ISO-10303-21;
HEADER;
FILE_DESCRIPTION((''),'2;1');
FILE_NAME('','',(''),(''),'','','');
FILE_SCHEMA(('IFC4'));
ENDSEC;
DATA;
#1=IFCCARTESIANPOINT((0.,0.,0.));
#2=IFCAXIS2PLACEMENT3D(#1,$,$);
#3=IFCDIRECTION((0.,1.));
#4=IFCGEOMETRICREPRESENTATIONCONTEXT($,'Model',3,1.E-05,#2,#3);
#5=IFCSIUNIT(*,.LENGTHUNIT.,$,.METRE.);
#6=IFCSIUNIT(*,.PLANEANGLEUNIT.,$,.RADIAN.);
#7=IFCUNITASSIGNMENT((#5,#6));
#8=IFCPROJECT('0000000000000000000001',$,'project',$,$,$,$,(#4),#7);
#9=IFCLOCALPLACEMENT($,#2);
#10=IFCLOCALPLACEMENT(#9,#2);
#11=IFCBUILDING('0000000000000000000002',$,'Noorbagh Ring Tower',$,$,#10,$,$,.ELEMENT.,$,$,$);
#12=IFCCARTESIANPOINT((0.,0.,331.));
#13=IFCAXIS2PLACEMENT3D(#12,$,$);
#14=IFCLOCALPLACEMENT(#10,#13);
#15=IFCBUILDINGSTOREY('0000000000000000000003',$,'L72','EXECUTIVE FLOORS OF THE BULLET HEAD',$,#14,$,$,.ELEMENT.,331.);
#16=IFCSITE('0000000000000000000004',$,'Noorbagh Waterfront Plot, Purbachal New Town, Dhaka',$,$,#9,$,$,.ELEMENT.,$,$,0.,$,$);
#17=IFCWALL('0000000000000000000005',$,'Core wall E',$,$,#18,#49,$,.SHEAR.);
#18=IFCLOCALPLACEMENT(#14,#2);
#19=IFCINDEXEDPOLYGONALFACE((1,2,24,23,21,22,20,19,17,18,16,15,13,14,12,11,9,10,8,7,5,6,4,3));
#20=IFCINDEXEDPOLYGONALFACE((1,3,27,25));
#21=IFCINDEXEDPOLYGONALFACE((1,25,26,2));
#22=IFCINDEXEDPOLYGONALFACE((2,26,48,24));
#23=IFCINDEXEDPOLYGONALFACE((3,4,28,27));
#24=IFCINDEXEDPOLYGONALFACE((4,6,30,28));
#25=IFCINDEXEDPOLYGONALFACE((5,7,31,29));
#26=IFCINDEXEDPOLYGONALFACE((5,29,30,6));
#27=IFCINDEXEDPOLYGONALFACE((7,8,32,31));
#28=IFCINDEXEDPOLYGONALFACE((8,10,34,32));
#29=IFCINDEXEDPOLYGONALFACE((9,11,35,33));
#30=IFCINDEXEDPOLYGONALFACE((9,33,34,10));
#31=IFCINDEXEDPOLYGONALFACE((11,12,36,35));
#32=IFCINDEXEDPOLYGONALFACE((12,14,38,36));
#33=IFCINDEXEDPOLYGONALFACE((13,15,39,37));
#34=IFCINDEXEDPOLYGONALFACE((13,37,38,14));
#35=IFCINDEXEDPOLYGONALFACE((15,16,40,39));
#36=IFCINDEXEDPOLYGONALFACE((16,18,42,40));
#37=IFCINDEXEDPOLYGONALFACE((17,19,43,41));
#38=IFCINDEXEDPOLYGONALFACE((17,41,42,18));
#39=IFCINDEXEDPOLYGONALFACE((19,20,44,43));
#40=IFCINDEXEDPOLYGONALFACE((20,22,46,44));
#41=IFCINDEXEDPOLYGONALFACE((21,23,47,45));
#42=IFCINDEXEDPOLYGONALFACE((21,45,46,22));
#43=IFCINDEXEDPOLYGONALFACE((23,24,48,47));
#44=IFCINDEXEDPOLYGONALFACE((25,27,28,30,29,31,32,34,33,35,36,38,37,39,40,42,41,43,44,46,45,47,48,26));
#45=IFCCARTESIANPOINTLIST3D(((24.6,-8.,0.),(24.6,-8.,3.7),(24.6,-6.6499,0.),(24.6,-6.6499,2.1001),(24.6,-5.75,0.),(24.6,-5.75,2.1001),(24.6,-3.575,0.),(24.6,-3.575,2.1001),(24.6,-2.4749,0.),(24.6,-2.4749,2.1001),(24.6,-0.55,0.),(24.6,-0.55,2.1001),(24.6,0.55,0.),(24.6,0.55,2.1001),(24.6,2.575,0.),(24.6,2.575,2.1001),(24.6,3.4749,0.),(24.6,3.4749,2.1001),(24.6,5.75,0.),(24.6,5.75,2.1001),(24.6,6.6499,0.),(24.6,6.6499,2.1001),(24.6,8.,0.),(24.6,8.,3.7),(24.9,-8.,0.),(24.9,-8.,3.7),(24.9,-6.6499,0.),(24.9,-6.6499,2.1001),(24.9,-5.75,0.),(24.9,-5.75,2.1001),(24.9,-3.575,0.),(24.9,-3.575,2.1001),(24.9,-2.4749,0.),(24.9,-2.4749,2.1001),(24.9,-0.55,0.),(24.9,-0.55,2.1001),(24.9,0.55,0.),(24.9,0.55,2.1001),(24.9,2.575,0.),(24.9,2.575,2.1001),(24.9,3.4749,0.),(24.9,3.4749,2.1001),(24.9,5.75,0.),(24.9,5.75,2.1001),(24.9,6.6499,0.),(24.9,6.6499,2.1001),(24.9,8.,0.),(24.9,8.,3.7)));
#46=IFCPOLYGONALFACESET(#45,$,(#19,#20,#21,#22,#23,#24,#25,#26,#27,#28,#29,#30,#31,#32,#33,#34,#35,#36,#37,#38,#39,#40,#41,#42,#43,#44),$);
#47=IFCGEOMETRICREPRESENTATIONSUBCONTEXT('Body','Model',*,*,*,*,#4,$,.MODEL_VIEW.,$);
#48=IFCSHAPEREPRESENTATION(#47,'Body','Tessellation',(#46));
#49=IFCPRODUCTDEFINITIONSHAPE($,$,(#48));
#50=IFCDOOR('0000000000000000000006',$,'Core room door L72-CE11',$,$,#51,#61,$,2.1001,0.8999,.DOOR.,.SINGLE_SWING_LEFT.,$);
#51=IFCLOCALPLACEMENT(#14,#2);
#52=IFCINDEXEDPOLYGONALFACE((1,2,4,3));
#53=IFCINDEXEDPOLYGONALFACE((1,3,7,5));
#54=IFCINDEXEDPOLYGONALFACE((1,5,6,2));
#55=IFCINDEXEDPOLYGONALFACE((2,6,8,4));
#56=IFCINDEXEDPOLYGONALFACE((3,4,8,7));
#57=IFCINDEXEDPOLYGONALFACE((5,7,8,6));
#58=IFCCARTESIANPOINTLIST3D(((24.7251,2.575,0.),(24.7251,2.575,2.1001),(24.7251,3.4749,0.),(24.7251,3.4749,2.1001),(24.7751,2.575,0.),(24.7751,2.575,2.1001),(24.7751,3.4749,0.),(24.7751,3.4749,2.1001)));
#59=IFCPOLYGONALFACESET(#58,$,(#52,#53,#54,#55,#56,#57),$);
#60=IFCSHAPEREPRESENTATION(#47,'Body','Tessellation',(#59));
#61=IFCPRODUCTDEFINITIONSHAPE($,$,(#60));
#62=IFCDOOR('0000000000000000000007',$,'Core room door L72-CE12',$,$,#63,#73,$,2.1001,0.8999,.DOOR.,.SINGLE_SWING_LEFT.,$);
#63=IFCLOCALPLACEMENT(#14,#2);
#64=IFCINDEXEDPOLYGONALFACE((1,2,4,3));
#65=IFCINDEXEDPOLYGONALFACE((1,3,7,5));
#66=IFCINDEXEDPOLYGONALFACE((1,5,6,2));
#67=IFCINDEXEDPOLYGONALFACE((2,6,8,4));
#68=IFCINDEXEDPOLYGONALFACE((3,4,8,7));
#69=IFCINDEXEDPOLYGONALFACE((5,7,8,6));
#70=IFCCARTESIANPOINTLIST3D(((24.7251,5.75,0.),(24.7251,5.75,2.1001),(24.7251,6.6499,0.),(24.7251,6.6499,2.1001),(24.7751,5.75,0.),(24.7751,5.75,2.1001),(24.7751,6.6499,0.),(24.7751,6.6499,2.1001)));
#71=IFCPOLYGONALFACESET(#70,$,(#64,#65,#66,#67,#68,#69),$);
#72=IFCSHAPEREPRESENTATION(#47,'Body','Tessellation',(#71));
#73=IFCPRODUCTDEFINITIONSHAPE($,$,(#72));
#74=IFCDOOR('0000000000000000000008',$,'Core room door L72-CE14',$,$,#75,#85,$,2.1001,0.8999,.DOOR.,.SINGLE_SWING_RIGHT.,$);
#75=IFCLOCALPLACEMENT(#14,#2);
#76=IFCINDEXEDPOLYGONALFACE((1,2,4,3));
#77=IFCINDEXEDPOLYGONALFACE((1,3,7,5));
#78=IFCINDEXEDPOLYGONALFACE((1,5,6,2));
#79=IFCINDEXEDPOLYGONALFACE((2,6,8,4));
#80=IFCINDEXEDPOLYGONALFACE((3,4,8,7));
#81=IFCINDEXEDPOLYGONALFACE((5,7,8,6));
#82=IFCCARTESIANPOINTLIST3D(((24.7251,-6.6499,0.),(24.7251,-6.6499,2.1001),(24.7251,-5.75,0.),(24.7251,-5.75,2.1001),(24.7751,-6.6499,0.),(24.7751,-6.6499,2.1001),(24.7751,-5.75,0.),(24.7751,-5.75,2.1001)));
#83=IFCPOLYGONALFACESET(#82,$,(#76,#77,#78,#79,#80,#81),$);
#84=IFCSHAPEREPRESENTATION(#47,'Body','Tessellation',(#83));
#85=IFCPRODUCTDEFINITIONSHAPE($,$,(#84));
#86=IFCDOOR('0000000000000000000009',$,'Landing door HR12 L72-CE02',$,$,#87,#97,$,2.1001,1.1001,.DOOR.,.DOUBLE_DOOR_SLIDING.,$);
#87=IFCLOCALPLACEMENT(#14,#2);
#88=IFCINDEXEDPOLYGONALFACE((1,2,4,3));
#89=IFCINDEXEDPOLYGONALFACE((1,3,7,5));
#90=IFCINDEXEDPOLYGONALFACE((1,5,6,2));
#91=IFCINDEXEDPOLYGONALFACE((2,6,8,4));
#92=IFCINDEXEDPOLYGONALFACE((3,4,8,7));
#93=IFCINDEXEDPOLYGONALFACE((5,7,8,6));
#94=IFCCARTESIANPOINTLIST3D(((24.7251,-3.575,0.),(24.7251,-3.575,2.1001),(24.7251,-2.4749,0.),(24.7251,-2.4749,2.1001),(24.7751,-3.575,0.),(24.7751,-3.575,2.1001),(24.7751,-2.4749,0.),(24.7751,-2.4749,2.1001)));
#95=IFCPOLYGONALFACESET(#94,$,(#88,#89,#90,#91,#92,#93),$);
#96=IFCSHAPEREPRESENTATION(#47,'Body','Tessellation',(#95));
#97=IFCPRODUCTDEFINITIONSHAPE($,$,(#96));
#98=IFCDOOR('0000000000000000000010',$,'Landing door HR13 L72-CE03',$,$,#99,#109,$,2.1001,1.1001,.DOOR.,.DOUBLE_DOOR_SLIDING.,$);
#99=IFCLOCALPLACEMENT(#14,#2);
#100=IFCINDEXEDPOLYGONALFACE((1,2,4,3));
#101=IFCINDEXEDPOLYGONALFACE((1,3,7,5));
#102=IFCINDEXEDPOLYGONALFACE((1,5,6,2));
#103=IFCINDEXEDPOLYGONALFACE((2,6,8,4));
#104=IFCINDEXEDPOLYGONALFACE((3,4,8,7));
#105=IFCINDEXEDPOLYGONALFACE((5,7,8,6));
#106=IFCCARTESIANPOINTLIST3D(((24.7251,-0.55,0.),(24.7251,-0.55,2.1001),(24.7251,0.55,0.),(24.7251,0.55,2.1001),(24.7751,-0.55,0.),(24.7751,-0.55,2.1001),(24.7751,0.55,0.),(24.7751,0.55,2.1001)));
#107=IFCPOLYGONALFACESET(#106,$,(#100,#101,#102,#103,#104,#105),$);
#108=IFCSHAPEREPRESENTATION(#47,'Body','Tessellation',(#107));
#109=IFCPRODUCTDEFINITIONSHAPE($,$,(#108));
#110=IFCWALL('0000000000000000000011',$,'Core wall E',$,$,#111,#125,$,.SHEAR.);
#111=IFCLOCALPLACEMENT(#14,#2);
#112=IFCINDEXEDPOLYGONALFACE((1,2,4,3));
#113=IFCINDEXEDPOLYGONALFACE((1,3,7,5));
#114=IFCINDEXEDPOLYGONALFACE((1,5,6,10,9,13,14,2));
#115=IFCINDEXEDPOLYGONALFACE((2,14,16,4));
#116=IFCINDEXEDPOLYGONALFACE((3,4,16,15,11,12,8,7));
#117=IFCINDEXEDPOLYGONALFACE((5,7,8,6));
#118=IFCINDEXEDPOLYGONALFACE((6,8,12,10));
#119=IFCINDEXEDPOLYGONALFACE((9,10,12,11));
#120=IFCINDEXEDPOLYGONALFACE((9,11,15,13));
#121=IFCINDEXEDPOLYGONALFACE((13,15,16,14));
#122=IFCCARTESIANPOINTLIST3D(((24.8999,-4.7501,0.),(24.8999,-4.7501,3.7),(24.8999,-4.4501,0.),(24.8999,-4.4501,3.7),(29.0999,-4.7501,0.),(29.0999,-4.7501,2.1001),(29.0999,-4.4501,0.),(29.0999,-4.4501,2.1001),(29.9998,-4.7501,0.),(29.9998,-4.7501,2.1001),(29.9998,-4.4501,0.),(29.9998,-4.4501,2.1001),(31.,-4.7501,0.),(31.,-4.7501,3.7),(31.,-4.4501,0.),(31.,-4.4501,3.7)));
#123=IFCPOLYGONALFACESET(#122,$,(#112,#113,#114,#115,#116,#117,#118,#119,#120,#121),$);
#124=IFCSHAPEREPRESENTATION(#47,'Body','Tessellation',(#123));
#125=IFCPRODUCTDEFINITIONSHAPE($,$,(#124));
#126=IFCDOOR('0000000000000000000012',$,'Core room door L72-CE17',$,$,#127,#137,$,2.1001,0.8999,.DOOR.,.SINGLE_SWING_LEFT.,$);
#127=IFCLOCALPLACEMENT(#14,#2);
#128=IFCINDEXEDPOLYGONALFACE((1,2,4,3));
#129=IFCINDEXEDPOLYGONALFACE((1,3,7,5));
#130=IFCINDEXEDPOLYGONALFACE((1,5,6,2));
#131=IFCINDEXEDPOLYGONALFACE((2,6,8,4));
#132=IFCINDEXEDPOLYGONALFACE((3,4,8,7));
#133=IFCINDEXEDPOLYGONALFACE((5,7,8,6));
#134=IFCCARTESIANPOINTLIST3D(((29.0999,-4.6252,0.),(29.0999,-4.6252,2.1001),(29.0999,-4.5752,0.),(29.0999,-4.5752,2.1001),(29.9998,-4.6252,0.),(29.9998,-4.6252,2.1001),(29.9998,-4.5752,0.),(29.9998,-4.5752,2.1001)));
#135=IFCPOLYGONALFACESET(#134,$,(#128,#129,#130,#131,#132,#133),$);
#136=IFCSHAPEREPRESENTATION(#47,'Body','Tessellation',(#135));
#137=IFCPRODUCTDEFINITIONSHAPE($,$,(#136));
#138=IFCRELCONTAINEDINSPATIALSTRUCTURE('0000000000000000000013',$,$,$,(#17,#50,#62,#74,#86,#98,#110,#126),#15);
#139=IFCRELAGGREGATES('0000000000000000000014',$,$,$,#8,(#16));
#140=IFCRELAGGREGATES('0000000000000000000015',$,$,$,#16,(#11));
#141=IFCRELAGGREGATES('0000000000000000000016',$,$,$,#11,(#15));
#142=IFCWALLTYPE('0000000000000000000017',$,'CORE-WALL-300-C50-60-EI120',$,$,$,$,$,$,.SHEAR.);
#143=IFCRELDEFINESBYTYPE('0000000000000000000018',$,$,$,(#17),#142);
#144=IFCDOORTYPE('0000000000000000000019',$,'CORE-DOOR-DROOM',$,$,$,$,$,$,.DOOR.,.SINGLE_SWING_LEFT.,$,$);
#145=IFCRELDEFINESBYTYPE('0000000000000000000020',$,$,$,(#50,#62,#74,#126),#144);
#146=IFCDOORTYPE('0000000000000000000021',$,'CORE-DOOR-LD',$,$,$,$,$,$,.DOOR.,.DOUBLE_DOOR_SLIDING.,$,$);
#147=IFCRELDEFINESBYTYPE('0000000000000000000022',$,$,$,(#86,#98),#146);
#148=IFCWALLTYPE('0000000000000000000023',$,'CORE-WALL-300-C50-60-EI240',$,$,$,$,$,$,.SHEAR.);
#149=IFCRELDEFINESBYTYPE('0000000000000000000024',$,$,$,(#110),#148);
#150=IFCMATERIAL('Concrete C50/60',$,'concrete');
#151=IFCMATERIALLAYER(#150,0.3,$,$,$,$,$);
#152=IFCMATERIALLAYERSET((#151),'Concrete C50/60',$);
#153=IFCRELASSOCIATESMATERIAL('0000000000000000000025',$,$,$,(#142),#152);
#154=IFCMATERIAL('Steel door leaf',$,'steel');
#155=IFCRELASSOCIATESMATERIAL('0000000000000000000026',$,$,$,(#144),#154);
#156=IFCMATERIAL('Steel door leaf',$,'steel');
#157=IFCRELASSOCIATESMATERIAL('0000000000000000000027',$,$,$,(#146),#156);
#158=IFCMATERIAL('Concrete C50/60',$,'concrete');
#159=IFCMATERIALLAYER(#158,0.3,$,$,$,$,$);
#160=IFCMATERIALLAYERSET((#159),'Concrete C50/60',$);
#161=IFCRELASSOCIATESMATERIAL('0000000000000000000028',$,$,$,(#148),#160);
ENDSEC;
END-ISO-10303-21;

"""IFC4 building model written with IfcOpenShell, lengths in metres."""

from ifc_helpers import new_model, si_unit, direction, frame, frame_2d, origin, place, context, subcontext, project, spatial, rectangle, extrude, material, layer, layer_set, type_object, element, fill, save


model = new_model("IFC4")

# Units and contexts
model_context = context("Model", 3, precision=1e-05, world=origin(), true_north=direction((0.0, 1.0)))
body_context = subcontext(model_context, "Body", "Model", "MODEL_VIEW")
ifc_project = project(units=[si_unit("LENGTHUNIT", "METRE"), si_unit("PLANEANGLEUNIT", "RADIAN")], contexts=[model_context])

# Site, building, storey
site_placement = place(None, origin())
site = spatial("IfcSite", under=ifc_project, at=site_placement, Name="Noorbagh Waterfront Plot, Purbachal New Town, Dhaka", CompositionType="ELEMENT", RefElevation=0.0)
building_placement = place(site_placement, origin())
building = spatial("IfcBuilding", under=site, at=building_placement, Name="Noorbagh Ring Tower", CompositionType="ELEMENT")
storey_placement = place(building_placement, frame((0.0, 0.0, 331.0)))
storey = spatial("IfcBuildingStorey", under=building, at=storey_placement, Name="L72", Description="EXECUTIVE FLOORS OF THE BULLET HEAD", CompositionType="ELEMENT", Elevation=331.0)

# Shared definitions
ifc_material_1 = material(Name="Concrete C50/60", Category="concrete")
ifc_layer_1 = layer(ifc_material_1, 0.3)
ifc_layer_set_1 = layer_set([ifc_layer_1], Name="Concrete C50/60")
wall_type_1 = type_object("IfcWallType", Name="CORE-WALL-300-C50-60-EI120", PredefinedType="SHEAR", material=ifc_layer_set_1)

# Wall, openings, doors
ifc_material_2 = material(Name="Steel door leaf", Category="steel")
door_type_1 = type_object("IfcDoorType", Name="CORE-DOOR-DROOM", OperationType="SINGLE_SWING_LEFT", PredefinedType="DOOR", material=ifc_material_2)
wall_1_placement = place(storey_placement, frame((24.75, -8.0, 0.0), z_axis=(0.0, 0.0, 1.0), x_axis=(0.0, 1.0, 0.0)))
wall_1 = element("IfcWall", 1, at=wall_1_placement, inside=storey, type_object=wall_type_1, Name="Core wall E", PredefinedType="SHEAR", context=body_context, shape_type="SweptSolid", body=[
    extrude(rectangle(XDim=16.0, YDim=0.3, at=frame_2d((8.0, 0.0))), origin(), (0.0, 0.0, 1.0), 3.7),
])
opening_1_placement = place(wall_1_placement, frame((4.425, 0.0, 0.0)))
opening_1 = element("IfcOpeningElement", 2, at=opening_1_placement, cuts=wall_1, PredefinedType="OPENING", context=body_context, shape_type="SweptSolid", body=[
    extrude(rectangle(XDim=1.1001, YDim=2.1001, at=frame_2d((0.55, 1.05))), frame((0.0, 0.1602, 0.0), z_axis=(0.0, -1.0, 0.0), x_axis=(1.0, 0.0, 0.0)), (0.0, 0.0, 1.0), 0.3201),
])
opening_2_placement = place(wall_1_placement, frame((7.45, 0.0, 0.0)))
opening_2 = element("IfcOpeningElement", 3, at=opening_2_placement, cuts=wall_1, PredefinedType="OPENING", context=body_context, shape_type="SweptSolid", body=[
    extrude(rectangle(XDim=1.1001, YDim=2.1001, at=frame_2d((0.55, 1.05))), frame((0.0, 0.1602, 0.0), z_axis=(0.0, -1.0, 0.0), x_axis=(1.0, 0.0, 0.0)), (0.0, 0.0, 1.0), 0.3201),
])
opening_3_placement = place(wall_1_placement, frame((10.575, 0.0, 0.0)))
opening_3 = element("IfcOpeningElement", 4, at=opening_3_placement, cuts=wall_1, PredefinedType="OPENING", context=body_context, shape_type="SweptSolid", body=[
    extrude(rectangle(XDim=0.8999, YDim=2.1001, at=frame_2d((0.45, 1.05))), frame((0.0, 0.1602, 0.0), z_axis=(0.0, -1.0, 0.0), x_axis=(1.0, 0.0, 0.0)), (0.0, 0.0, 1.0), 0.3201),
])
opening_4_placement = place(wall_1_placement, frame((13.75, 0.0, 0.0)))
opening_4 = element("IfcOpeningElement", 5, at=opening_4_placement, cuts=wall_1, PredefinedType="OPENING", context=body_context, shape_type="SweptSolid", body=[
    extrude(rectangle(XDim=0.8999, YDim=2.1001, at=frame_2d((0.45, 1.05))), frame((0.0, 0.1602, 0.0), z_axis=(0.0, -1.0, 0.0), x_axis=(1.0, 0.0, 0.0)), (0.0, 0.0, 1.0), 0.3201),
])
opening_5_placement = place(wall_1_placement, frame((1.3501, 0.0, 0.0)))
opening_5 = element("IfcOpeningElement", 6, at=opening_5_placement, cuts=wall_1, PredefinedType="OPENING", context=body_context, shape_type="SweptSolid", body=[
    extrude(rectangle(XDim=0.8999, YDim=2.1001, at=frame_2d((0.45, 1.05))), frame((0.0, 0.1602, 0.0), z_axis=(0.0, -1.0, 0.0), x_axis=(1.0, 0.0, 0.0)), (0.0, 0.0, 1.0), 0.3201),
])
door_1_placement = place(opening_3_placement, origin())
door_1 = element("IfcDoor", 7, at=door_1_placement, inside=storey, type_object=door_type_1, Name="Core room door L72-CE11", OperationType="SINGLE_SWING_LEFT", OverallHeight=2.1001, OverallWidth=0.8999, PredefinedType="DOOR", context=body_context, shape_type="SweptSolid", body=[
    extrude(rectangle(XDim=0.8999, YDim=2.1001, at=frame_2d((0.45, 1.05))), frame((0.0, 0.0249, 0.0), z_axis=(0.0, -1.0, 0.0), x_axis=(1.0, 0.0, 0.0)), (0.0, 0.0, 1.0), 0.05),
])
fill(opening_3, door_1)
door_2_placement = place(opening_4_placement, origin())
door_2 = element("IfcDoor", 8, at=door_2_placement, inside=storey, type_object=door_type_1, Name="Core room door L72-CE12", OperationType="SINGLE_SWING_LEFT", OverallHeight=2.1001, OverallWidth=0.8999, PredefinedType="DOOR", context=body_context, shape_type="SweptSolid", body=[
    extrude(rectangle(XDim=0.8999, YDim=2.1001, at=frame_2d((0.45, 1.05))), frame((0.0, 0.0249, 0.0), z_axis=(0.0, -1.0, 0.0), x_axis=(1.0, 0.0, 0.0)), (0.0, 0.0, 1.0), 0.05),
])
fill(opening_4, door_2)
door_3_placement = place(opening_5_placement, origin())
door_3 = element("IfcDoor", 9, at=door_3_placement, inside=storey, type_object=door_type_1, Name="Core room door L72-CE14", OperationType="SINGLE_SWING_RIGHT", OverallHeight=2.1001, OverallWidth=0.8999, PredefinedType="DOOR", context=body_context, shape_type="SweptSolid", body=[
    extrude(rectangle(XDim=0.8999, YDim=2.1001, at=frame_2d((0.45, 1.05))), frame((0.0, 0.0249, 0.0), z_axis=(0.0, -1.0, 0.0), x_axis=(1.0, 0.0, 0.0)), (0.0, 0.0, 1.0), 0.05),
])
fill(opening_5, door_3)
ifc_material_3 = material(Name="Steel door leaf", Category="steel")
door_type_2 = type_object("IfcDoorType", Name="CORE-DOOR-LD", OperationType="DOUBLE_DOOR_SLIDING", PredefinedType="DOOR", material=ifc_material_3)
door_4_placement = place(opening_1_placement, origin())
door_4 = element("IfcDoor", 10, at=door_4_placement, inside=storey, type_object=door_type_2, Name="Landing door HR12 L72-CE02", OperationType="DOUBLE_DOOR_SLIDING", OverallHeight=2.1001, OverallWidth=1.1001, PredefinedType="DOOR", context=body_context, shape_type="SweptSolid", body=[
    extrude(rectangle(XDim=1.1001, YDim=2.1001, at=frame_2d((0.55, 1.05))), frame((0.0, 0.0249, 0.0), z_axis=(0.0, -1.0, 0.0), x_axis=(1.0, 0.0, 0.0)), (0.0, 0.0, 1.0), 0.05),
])
fill(opening_1, door_4)
door_5_placement = place(opening_2_placement, origin())
door_5 = element("IfcDoor", 11, at=door_5_placement, inside=storey, type_object=door_type_2, Name="Landing door HR13 L72-CE03", OperationType="DOUBLE_DOOR_SLIDING", OverallHeight=2.1001, OverallWidth=1.1001, PredefinedType="DOOR", context=body_context, shape_type="SweptSolid", body=[
    extrude(rectangle(XDim=1.1001, YDim=2.1001, at=frame_2d((0.55, 1.05))), frame((0.0, 0.0249, 0.0), z_axis=(0.0, -1.0, 0.0), x_axis=(1.0, 0.0, 0.0)), (0.0, 0.0, 1.0), 0.05),
])
fill(opening_2, door_5)

# Wall, opening, door
ifc_material_4 = material(Name="Concrete C50/60", Category="concrete")
ifc_layer_2 = layer(ifc_material_4, 0.3)
ifc_layer_set_2 = layer_set([ifc_layer_2], Name="Concrete C50/60")
wall_type_2 = type_object("IfcWallType", Name="CORE-WALL-300-C50-60-EI240", PredefinedType="SHEAR", material=ifc_layer_set_2)
wall_2_placement = place(storey_placement, frame((24.8999, -4.6001, 0.0), z_axis=(0.0, 0.0, 1.0), x_axis=(1.0, 0.0, 0.0)))
wall_2 = element("IfcWall", 12, at=wall_2_placement, inside=storey, type_object=wall_type_2, Name="Core wall E", PredefinedType="SHEAR", context=body_context, shape_type="SweptSolid", body=[
    extrude(rectangle(XDim=6.1001, YDim=0.3, at=frame_2d((3.05, 0.0))), origin(), (0.0, 0.0, 1.0), 3.7),
])
opening_6_placement = place(wall_2_placement, frame((4.2, 0.0, 0.0)))
opening_6 = element("IfcOpeningElement", 13, at=opening_6_placement, cuts=wall_2, PredefinedType="OPENING", context=body_context, shape_type="SweptSolid", body=[
    extrude(rectangle(XDim=0.8999, YDim=2.1001, at=frame_2d((0.45, 1.05))), frame((0.0, 0.1602, 0.0), z_axis=(0.0, -1.0, 0.0), x_axis=(1.0, 0.0, 0.0)), (0.0, 0.0, 1.0), 0.3201),
])
door_6_placement = place(opening_6_placement, origin())
door_6 = element("IfcDoor", 14, at=door_6_placement, inside=storey, type_object=door_type_1, Name="Core room door L72-CE17", OperationType="SINGLE_SWING_LEFT", OverallHeight=2.1001, OverallWidth=0.8999, PredefinedType="DOOR", context=body_context, shape_type="SweptSolid", body=[
    extrude(rectangle(XDim=0.8999, YDim=2.1001, at=frame_2d((0.45, 1.05))), frame((0.0, 0.0249, 0.0), z_axis=(0.0, -1.0, 0.0), x_axis=(1.0, 0.0, 0.0)), (0.0, 0.0, 1.0), 0.05),
])
fill(opening_6, door_6)

save(model, "model.ifc")
